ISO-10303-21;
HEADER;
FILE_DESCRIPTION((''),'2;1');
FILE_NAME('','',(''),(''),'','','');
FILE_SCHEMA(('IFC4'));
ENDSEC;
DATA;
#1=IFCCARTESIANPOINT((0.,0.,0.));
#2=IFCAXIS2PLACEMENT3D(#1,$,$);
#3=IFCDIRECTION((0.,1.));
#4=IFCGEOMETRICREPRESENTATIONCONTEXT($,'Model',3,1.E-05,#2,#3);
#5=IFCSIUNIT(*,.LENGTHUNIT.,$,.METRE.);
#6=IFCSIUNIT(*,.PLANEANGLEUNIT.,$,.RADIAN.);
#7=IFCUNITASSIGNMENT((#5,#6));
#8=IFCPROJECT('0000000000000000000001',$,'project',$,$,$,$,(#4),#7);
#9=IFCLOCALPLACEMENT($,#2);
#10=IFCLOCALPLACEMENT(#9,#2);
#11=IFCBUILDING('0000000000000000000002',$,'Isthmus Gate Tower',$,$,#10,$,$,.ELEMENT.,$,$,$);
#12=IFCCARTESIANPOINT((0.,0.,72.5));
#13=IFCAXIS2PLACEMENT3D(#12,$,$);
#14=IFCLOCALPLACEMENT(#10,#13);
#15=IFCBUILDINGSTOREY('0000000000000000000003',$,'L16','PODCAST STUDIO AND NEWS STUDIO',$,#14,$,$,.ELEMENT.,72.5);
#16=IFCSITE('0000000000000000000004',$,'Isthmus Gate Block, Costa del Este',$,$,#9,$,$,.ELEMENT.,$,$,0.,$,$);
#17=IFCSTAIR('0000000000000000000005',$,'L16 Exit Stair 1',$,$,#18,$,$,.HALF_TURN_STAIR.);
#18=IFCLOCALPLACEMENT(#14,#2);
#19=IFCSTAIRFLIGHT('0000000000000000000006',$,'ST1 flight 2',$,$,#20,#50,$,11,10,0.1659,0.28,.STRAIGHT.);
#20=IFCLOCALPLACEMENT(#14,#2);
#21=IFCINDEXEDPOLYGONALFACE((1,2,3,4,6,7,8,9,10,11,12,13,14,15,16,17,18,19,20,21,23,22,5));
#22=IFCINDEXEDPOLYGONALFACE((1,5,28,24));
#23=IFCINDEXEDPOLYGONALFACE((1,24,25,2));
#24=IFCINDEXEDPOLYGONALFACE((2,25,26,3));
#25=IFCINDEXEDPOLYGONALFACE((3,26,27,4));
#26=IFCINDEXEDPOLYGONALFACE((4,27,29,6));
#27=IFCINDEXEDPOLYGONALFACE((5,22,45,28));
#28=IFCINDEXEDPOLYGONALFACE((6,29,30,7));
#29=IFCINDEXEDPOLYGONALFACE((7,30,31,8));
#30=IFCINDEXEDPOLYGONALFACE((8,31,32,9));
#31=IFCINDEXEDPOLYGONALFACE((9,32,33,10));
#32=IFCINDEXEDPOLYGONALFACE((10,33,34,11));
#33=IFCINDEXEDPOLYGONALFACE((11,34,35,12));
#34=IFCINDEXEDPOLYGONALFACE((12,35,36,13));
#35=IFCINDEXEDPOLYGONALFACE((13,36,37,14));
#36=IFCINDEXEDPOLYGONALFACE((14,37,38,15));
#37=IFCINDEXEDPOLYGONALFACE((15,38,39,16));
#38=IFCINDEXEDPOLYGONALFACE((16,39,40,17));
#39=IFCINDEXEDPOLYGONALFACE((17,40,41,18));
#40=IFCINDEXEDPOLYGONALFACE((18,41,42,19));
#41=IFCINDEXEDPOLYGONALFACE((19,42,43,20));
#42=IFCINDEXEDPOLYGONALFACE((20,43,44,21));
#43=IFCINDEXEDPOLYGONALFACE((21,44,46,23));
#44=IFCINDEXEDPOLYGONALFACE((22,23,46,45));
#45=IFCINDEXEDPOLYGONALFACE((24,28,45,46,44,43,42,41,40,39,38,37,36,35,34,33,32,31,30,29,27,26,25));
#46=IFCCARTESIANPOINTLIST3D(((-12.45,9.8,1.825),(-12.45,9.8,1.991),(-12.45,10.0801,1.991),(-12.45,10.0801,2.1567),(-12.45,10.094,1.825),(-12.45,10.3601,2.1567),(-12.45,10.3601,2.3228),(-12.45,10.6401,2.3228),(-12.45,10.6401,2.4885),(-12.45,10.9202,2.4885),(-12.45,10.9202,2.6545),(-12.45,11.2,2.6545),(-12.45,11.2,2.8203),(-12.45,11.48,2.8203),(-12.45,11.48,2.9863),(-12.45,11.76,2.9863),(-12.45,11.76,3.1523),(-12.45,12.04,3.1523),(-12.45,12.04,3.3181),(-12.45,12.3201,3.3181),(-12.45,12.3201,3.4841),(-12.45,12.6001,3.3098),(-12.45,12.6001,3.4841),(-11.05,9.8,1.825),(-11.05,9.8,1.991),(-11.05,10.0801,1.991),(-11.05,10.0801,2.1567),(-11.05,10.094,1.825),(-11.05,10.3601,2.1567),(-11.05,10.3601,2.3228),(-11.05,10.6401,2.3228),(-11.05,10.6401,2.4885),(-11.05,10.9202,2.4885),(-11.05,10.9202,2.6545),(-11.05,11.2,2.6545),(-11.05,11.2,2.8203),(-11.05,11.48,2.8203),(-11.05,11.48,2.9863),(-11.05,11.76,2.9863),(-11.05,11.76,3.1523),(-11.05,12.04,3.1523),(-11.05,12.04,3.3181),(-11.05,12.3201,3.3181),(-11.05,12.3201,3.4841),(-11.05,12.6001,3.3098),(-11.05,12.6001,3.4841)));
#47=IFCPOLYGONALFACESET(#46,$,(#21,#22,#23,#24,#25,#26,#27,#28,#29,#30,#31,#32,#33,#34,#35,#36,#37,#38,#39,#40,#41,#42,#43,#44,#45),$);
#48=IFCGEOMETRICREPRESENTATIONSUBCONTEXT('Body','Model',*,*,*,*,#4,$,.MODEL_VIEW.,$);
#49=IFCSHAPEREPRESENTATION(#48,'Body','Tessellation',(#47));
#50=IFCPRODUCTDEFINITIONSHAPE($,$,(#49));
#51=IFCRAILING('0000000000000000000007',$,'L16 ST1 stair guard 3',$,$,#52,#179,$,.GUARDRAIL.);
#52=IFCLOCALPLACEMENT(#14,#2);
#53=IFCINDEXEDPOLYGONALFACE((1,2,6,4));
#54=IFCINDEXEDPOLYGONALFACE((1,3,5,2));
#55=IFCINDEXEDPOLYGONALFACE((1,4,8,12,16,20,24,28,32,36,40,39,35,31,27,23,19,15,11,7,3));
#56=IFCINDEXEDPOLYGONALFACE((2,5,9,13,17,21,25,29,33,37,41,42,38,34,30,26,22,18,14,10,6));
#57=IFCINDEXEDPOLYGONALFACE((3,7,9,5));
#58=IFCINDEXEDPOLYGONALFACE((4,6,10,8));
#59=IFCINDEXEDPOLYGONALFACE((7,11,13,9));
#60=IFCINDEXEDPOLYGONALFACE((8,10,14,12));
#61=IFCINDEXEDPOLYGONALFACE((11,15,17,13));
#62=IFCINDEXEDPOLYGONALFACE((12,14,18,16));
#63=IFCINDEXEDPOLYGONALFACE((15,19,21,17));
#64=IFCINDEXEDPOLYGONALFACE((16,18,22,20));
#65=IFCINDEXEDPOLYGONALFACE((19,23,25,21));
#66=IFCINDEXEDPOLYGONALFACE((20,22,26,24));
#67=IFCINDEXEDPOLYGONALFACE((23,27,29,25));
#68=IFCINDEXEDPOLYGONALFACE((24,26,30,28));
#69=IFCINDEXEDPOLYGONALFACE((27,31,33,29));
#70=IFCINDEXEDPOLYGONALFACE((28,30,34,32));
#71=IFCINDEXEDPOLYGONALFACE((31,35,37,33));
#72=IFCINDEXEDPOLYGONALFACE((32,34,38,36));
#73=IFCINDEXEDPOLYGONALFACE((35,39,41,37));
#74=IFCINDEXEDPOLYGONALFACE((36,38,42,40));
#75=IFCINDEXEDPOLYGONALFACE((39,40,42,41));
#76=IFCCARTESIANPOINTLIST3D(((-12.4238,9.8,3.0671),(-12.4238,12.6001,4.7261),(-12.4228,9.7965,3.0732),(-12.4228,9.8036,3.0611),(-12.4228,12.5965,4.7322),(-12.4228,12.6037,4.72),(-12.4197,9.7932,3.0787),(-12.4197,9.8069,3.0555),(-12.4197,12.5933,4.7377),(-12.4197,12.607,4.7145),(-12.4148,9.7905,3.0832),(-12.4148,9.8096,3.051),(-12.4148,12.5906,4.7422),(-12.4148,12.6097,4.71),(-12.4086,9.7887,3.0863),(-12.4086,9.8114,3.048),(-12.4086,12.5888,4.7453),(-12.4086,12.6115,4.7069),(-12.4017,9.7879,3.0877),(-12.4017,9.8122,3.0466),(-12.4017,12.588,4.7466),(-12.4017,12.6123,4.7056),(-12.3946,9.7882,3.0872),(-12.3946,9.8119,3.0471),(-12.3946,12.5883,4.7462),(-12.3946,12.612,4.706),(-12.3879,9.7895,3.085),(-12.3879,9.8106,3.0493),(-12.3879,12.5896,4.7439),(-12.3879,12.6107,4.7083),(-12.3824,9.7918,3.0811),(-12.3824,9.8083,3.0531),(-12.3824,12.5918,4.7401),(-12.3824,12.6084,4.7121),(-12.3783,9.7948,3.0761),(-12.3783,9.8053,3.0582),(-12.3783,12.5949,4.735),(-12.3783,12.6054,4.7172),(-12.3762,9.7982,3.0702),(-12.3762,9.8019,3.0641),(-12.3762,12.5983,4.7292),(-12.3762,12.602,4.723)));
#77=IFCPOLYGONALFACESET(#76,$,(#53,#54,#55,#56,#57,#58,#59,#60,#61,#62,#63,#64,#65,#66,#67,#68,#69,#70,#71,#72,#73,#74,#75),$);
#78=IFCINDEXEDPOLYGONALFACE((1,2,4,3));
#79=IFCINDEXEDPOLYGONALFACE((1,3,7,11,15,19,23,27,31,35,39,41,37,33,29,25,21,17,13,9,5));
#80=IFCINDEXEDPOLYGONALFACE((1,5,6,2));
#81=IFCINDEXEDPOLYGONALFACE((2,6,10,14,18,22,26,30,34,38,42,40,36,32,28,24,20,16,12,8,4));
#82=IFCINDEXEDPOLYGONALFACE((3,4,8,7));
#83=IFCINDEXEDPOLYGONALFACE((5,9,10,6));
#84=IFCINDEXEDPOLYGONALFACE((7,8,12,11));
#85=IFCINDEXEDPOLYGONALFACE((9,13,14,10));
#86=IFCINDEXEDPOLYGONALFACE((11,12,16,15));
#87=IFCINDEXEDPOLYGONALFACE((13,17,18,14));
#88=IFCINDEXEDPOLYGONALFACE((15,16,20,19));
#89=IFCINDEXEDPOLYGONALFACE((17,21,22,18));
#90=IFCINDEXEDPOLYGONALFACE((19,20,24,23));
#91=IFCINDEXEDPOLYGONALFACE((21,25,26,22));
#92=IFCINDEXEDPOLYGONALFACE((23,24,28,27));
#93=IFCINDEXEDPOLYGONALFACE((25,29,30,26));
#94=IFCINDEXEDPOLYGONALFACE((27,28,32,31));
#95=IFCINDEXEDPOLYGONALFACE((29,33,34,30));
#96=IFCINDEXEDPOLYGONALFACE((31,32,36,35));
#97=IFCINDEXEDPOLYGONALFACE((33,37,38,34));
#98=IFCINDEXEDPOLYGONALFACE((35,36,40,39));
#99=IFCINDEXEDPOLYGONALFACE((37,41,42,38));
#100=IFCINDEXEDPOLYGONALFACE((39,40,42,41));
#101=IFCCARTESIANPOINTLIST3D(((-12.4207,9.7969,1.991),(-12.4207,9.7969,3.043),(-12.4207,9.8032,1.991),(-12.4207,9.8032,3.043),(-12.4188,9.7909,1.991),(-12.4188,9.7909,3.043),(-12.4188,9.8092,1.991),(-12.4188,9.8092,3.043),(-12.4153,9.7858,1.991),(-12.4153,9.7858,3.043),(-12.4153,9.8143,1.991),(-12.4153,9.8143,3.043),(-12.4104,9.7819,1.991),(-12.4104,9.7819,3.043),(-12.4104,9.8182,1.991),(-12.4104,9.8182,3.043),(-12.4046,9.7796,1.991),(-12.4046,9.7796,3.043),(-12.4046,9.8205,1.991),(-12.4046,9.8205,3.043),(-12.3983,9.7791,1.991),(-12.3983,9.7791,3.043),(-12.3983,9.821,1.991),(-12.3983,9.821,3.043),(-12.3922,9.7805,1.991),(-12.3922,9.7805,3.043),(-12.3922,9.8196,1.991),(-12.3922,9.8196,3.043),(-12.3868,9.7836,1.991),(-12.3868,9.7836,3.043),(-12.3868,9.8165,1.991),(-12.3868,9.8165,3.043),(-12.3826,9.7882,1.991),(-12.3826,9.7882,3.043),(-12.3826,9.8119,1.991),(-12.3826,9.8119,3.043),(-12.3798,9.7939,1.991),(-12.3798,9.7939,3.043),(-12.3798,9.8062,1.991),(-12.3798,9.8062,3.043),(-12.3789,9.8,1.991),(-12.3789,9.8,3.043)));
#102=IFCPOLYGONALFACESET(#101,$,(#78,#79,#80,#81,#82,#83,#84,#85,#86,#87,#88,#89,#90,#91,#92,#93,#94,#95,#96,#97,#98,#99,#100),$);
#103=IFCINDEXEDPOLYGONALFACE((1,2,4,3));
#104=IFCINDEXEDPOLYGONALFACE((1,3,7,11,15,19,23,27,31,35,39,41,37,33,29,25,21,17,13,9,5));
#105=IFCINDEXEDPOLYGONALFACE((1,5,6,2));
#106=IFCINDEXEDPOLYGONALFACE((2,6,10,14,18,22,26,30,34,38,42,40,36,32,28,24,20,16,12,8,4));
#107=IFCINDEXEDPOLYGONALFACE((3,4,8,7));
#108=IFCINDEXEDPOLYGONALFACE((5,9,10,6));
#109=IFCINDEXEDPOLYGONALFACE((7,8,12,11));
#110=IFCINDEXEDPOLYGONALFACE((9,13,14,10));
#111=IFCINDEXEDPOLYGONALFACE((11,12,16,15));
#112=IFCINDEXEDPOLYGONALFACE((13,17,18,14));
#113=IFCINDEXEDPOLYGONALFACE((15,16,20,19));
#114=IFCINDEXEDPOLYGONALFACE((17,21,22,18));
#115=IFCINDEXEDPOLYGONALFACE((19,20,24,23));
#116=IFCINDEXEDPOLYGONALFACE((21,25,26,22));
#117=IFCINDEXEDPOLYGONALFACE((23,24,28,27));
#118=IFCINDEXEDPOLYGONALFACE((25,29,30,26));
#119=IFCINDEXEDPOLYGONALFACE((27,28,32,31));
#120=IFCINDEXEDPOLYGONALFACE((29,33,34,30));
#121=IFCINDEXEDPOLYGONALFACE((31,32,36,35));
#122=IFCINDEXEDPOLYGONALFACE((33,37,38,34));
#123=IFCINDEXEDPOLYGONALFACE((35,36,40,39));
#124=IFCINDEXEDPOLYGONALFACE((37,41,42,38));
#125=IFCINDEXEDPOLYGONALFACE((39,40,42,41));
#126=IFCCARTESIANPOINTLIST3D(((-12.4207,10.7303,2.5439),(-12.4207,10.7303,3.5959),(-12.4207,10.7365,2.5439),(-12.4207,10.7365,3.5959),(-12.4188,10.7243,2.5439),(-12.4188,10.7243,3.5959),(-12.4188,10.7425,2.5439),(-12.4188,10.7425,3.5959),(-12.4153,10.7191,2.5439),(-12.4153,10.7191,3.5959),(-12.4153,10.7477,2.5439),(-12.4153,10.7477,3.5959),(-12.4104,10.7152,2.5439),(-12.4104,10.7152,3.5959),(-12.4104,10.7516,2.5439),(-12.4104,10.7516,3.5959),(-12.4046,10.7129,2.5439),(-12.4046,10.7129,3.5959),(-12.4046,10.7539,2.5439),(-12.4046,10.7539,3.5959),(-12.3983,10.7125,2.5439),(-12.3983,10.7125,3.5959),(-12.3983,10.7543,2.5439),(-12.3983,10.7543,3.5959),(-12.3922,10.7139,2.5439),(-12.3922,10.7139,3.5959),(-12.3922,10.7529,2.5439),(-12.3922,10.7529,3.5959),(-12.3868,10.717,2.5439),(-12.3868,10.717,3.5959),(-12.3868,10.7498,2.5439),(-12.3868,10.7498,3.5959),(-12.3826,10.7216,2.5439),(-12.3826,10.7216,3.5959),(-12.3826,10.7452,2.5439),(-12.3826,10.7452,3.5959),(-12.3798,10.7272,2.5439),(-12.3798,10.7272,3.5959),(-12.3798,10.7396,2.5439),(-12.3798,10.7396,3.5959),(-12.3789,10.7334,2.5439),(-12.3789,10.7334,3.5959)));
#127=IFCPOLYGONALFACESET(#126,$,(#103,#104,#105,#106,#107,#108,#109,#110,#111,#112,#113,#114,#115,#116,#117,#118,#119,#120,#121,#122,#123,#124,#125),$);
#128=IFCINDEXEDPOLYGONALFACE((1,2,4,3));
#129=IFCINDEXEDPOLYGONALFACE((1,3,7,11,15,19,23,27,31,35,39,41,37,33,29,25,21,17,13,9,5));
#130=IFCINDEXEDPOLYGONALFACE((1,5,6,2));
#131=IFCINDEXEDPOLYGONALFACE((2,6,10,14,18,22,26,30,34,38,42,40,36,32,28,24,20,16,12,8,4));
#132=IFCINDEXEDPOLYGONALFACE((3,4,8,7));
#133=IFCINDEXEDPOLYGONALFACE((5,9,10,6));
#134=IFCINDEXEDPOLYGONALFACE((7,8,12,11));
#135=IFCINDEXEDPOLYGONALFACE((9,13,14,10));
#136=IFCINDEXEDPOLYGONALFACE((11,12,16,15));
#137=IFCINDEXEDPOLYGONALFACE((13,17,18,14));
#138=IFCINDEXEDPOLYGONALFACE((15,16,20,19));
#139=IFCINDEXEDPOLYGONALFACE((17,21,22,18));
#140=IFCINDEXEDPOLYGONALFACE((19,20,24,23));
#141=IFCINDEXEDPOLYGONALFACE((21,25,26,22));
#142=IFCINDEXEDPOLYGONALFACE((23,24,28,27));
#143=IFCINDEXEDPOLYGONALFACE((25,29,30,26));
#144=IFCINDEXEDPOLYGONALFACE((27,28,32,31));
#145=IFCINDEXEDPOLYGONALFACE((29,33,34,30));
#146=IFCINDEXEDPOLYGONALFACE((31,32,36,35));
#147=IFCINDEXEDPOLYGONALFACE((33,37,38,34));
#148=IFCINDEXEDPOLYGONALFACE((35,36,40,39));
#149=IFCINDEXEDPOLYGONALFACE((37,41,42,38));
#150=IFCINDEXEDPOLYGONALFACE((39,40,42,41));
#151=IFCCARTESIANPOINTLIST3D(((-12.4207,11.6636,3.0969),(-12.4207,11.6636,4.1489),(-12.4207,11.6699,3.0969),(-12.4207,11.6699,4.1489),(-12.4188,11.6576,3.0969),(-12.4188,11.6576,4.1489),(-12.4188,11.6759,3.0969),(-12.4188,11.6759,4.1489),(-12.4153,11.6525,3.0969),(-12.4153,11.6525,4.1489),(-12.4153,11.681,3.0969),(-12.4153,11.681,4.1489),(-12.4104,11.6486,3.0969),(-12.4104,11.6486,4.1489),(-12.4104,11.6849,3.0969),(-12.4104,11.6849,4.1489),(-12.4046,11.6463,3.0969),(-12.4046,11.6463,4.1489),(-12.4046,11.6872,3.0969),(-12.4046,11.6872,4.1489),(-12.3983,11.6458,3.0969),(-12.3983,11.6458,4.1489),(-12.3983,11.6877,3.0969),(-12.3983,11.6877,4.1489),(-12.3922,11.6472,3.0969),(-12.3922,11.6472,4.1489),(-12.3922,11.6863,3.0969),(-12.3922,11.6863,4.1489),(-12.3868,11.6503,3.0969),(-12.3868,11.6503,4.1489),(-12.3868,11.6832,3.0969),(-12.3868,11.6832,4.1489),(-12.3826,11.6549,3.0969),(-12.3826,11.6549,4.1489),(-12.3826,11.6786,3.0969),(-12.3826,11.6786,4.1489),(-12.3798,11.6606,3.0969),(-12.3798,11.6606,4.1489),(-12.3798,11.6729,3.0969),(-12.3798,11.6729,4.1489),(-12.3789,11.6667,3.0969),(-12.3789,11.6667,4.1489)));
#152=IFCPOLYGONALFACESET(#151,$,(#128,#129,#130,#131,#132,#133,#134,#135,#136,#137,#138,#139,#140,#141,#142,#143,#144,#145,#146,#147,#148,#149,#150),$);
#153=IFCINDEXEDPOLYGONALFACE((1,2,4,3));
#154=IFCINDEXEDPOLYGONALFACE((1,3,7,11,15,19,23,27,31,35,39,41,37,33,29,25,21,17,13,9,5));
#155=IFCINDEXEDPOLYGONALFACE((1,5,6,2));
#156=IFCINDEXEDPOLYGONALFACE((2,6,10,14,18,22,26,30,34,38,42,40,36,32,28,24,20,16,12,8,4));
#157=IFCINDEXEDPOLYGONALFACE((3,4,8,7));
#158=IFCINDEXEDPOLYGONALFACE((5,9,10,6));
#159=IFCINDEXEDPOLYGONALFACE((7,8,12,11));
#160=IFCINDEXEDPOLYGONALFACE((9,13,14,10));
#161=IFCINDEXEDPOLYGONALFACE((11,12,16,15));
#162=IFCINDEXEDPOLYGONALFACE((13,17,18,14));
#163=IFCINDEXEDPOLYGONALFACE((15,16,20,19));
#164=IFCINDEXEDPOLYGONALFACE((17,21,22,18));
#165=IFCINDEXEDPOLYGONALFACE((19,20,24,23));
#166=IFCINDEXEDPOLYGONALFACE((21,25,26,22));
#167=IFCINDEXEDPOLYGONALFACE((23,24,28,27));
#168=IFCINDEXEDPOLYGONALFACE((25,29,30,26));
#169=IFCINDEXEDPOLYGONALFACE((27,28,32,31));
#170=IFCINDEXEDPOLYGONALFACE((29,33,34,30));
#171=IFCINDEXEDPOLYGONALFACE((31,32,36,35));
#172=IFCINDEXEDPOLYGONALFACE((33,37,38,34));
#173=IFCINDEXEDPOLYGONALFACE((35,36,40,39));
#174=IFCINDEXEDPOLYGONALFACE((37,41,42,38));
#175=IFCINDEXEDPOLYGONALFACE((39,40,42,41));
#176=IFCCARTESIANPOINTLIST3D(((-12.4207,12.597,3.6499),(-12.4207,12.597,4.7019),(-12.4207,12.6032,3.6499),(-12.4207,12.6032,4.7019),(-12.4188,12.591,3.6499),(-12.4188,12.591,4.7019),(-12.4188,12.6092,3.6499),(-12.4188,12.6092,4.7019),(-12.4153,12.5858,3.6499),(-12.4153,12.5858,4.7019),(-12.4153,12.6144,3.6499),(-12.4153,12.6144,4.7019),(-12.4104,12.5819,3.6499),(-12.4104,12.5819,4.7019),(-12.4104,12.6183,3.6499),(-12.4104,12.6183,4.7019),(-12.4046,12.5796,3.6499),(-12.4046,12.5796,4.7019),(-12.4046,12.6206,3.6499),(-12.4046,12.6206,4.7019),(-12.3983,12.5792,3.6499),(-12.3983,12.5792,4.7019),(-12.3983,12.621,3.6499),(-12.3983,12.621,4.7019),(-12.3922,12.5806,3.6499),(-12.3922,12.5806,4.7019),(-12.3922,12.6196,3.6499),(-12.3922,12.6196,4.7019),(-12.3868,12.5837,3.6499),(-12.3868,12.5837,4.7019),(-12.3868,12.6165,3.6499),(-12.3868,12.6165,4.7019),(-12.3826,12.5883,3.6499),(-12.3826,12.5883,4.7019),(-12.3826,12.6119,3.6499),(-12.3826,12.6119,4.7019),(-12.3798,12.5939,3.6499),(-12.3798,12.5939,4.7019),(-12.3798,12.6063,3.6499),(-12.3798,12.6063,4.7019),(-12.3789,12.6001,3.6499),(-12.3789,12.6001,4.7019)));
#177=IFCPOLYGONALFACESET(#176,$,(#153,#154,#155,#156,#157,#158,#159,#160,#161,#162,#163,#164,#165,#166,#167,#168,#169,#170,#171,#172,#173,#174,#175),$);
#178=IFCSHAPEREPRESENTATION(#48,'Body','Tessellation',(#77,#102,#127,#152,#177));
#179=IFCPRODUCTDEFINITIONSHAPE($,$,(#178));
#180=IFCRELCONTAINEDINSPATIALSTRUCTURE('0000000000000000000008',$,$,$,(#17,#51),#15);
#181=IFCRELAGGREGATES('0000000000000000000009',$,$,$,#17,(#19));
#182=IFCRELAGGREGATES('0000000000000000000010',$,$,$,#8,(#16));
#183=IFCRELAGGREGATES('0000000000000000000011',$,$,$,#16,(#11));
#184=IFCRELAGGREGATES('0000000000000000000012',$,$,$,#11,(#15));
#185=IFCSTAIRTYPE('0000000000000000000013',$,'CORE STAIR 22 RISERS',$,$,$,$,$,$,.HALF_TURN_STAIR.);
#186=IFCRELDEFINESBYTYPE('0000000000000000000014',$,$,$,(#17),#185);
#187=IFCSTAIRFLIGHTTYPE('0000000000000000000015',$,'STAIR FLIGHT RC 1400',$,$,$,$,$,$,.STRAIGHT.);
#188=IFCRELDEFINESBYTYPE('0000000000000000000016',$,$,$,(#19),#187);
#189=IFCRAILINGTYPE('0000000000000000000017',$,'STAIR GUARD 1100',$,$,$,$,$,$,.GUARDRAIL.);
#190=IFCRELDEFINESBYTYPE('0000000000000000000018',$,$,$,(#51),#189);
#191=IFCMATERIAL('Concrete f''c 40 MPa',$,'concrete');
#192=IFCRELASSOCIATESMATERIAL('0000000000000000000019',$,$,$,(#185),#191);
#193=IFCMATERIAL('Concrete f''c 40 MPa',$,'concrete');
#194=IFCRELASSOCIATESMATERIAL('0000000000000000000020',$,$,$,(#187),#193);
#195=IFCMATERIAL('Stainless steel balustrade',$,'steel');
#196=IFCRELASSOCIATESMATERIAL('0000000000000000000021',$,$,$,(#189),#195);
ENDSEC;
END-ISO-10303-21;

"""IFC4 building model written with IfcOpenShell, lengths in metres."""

from ifc_helpers import new_model, si_unit, direction, frame, origin, origin_2d, place, context, subcontext, project, spatial, polyline, circle, outline, extrude, material, type_object, element, aggregate, save


model = new_model("IFC4")

# Units and contexts
model_context = context("Model", 3, precision=1e-05, world=origin(), true_north=direction((0.0, 1.0)))
body_context = subcontext(model_context, "Body", "Model", "MODEL_VIEW")
ifc_project = project(units=[si_unit("LENGTHUNIT", "METRE"), si_unit("PLANEANGLEUNIT", "RADIAN")], contexts=[model_context])

# Site, building, storey
site_placement = place(None, origin())
site = spatial("IfcSite", under=ifc_project, at=site_placement, Name="Isthmus Gate Block, Costa del Este", CompositionType="ELEMENT", RefElevation=0.0)
building_placement = place(site_placement, origin())
building = spatial("IfcBuilding", under=site, at=building_placement, Name="Isthmus Gate Tower", CompositionType="ELEMENT")
storey_placement = place(building_placement, frame((0.0, 0.0, 72.5)))
storey = spatial("IfcBuildingStorey", under=building, at=storey_placement, Name="L16", Description="PODCAST STUDIO AND NEWS STUDIO", CompositionType="ELEMENT", Elevation=72.5)

# Stair, stair flight
ifc_material_1 = material(Name="Concrete f'c 40 MPa", Category="concrete")
stair_type = type_object("IfcStairType", Name="CORE STAIR 22 RISERS", PredefinedType="HALF_TURN_STAIR", material=ifc_material_1)
stair_placement = place(storey_placement, origin())
stair = element("IfcStair", 1, at=stair_placement, inside=storey, type_object=stair_type, Name="L16 Exit Stair 1", PredefinedType="HALF_TURN_STAIR")
ifc_material_2 = material(Name="Concrete f'c 40 MPa", Category="concrete")
stair_flight_type = type_object("IfcStairFlightType", Name="STAIR FLIGHT RC 1400", PredefinedType="STRAIGHT", material=ifc_material_2)
stair_flight_placement = place(storey_placement, frame((-11.75, 9.8, 1.825), z_axis=(0.0, 0.0, 1.0), x_axis=(0.0, 1.0, 0.0)))
stair_flight = element("IfcStairFlight", 2, at=stair_flight_placement, type_object=stair_flight_type, Name="ST1 flight 2", NumberOfRisers=11, NumberOfTreads=10, PredefinedType="STRAIGHT", RiserHeight=0.1659, TreadLength=0.28, context=body_context, shape_type="SweptSolid", body=[
    extrude(outline(polyline([(0.0, 0.0), (0.0, 0.166), (0.28, 0.166), (0.28, 0.3318), (0.5601, 0.3318), (0.5601, 0.4978), (0.8401, 0.4978), (0.8401, 0.6636), (1.1201, 0.6636), (1.1201, 0.8296), (1.3999, 0.8296), (1.3999, 0.9954), (1.6799, 0.9954), (1.6799, 1.1614), (1.96, 1.1614), (1.96, 1.3274), (2.24, 1.3274), (2.24, 1.4932), (2.52, 1.4932), (2.52, 1.6592), (2.8, 1.6592), (2.8, 1.825), (2.8, 1.4849), (0.2939, 0.0), (0.0, 0.0)])), frame((0.0, 0.7, 0.0), z_axis=(0.0, -1.0, 0.0), x_axis=(1.0, 0.0, 0.0)), (0.0, 0.0, 1.0), 1.3999),
])
aggregate(stair, [stair_flight])

# Railing
ifc_material_3 = material(Name="Stainless steel balustrade", Category="steel")
railing_type_1 = type_object("IfcRailingType", Name="STAIR GUARD 1100", PredefinedType="GUARDRAIL", material=ifc_material_3)
railing_1_placement = place(storey_placement, frame((-12.3999, 9.8, 1.991)))
element("IfcRailing", 3, at=railing_1_placement, inside=storey, type_object=railing_type_1, Name="L16 ST1 stair guard 3", PredefinedType="GUARDRAIL", context=body_context, shape_type="SweptSolid", body=[
    extrude(circle(Radius=0.0239, at=origin_2d()), frame((0.0, 0.0, 1.0762), z_axis=(0.0, 0.860339, 0.509722), x_axis=(-1.0, 0.0, 0.0)), (0.0, 0.0, 1.0), 3.2546),
    extrude(circle(Radius=0.021, at=origin_2d()), origin(), (0.0, 0.0, 1.0), 1.052),
    extrude(circle(Radius=0.021, at=origin_2d()), frame((0.0, 0.9333, 0.553)), (0.0, 0.0, 1.0), 1.052),
    extrude(circle(Radius=0.021, at=origin_2d()), frame((0.0, 1.8667, 1.106)), (0.0, 0.0, 1.0), 1.052),
    extrude(circle(Radius=0.021, at=origin_2d()), frame((0.0, 2.8, 1.6589)), (0.0, 0.0, 1.0), 1.052),
])

save(model, "model.ifc")
